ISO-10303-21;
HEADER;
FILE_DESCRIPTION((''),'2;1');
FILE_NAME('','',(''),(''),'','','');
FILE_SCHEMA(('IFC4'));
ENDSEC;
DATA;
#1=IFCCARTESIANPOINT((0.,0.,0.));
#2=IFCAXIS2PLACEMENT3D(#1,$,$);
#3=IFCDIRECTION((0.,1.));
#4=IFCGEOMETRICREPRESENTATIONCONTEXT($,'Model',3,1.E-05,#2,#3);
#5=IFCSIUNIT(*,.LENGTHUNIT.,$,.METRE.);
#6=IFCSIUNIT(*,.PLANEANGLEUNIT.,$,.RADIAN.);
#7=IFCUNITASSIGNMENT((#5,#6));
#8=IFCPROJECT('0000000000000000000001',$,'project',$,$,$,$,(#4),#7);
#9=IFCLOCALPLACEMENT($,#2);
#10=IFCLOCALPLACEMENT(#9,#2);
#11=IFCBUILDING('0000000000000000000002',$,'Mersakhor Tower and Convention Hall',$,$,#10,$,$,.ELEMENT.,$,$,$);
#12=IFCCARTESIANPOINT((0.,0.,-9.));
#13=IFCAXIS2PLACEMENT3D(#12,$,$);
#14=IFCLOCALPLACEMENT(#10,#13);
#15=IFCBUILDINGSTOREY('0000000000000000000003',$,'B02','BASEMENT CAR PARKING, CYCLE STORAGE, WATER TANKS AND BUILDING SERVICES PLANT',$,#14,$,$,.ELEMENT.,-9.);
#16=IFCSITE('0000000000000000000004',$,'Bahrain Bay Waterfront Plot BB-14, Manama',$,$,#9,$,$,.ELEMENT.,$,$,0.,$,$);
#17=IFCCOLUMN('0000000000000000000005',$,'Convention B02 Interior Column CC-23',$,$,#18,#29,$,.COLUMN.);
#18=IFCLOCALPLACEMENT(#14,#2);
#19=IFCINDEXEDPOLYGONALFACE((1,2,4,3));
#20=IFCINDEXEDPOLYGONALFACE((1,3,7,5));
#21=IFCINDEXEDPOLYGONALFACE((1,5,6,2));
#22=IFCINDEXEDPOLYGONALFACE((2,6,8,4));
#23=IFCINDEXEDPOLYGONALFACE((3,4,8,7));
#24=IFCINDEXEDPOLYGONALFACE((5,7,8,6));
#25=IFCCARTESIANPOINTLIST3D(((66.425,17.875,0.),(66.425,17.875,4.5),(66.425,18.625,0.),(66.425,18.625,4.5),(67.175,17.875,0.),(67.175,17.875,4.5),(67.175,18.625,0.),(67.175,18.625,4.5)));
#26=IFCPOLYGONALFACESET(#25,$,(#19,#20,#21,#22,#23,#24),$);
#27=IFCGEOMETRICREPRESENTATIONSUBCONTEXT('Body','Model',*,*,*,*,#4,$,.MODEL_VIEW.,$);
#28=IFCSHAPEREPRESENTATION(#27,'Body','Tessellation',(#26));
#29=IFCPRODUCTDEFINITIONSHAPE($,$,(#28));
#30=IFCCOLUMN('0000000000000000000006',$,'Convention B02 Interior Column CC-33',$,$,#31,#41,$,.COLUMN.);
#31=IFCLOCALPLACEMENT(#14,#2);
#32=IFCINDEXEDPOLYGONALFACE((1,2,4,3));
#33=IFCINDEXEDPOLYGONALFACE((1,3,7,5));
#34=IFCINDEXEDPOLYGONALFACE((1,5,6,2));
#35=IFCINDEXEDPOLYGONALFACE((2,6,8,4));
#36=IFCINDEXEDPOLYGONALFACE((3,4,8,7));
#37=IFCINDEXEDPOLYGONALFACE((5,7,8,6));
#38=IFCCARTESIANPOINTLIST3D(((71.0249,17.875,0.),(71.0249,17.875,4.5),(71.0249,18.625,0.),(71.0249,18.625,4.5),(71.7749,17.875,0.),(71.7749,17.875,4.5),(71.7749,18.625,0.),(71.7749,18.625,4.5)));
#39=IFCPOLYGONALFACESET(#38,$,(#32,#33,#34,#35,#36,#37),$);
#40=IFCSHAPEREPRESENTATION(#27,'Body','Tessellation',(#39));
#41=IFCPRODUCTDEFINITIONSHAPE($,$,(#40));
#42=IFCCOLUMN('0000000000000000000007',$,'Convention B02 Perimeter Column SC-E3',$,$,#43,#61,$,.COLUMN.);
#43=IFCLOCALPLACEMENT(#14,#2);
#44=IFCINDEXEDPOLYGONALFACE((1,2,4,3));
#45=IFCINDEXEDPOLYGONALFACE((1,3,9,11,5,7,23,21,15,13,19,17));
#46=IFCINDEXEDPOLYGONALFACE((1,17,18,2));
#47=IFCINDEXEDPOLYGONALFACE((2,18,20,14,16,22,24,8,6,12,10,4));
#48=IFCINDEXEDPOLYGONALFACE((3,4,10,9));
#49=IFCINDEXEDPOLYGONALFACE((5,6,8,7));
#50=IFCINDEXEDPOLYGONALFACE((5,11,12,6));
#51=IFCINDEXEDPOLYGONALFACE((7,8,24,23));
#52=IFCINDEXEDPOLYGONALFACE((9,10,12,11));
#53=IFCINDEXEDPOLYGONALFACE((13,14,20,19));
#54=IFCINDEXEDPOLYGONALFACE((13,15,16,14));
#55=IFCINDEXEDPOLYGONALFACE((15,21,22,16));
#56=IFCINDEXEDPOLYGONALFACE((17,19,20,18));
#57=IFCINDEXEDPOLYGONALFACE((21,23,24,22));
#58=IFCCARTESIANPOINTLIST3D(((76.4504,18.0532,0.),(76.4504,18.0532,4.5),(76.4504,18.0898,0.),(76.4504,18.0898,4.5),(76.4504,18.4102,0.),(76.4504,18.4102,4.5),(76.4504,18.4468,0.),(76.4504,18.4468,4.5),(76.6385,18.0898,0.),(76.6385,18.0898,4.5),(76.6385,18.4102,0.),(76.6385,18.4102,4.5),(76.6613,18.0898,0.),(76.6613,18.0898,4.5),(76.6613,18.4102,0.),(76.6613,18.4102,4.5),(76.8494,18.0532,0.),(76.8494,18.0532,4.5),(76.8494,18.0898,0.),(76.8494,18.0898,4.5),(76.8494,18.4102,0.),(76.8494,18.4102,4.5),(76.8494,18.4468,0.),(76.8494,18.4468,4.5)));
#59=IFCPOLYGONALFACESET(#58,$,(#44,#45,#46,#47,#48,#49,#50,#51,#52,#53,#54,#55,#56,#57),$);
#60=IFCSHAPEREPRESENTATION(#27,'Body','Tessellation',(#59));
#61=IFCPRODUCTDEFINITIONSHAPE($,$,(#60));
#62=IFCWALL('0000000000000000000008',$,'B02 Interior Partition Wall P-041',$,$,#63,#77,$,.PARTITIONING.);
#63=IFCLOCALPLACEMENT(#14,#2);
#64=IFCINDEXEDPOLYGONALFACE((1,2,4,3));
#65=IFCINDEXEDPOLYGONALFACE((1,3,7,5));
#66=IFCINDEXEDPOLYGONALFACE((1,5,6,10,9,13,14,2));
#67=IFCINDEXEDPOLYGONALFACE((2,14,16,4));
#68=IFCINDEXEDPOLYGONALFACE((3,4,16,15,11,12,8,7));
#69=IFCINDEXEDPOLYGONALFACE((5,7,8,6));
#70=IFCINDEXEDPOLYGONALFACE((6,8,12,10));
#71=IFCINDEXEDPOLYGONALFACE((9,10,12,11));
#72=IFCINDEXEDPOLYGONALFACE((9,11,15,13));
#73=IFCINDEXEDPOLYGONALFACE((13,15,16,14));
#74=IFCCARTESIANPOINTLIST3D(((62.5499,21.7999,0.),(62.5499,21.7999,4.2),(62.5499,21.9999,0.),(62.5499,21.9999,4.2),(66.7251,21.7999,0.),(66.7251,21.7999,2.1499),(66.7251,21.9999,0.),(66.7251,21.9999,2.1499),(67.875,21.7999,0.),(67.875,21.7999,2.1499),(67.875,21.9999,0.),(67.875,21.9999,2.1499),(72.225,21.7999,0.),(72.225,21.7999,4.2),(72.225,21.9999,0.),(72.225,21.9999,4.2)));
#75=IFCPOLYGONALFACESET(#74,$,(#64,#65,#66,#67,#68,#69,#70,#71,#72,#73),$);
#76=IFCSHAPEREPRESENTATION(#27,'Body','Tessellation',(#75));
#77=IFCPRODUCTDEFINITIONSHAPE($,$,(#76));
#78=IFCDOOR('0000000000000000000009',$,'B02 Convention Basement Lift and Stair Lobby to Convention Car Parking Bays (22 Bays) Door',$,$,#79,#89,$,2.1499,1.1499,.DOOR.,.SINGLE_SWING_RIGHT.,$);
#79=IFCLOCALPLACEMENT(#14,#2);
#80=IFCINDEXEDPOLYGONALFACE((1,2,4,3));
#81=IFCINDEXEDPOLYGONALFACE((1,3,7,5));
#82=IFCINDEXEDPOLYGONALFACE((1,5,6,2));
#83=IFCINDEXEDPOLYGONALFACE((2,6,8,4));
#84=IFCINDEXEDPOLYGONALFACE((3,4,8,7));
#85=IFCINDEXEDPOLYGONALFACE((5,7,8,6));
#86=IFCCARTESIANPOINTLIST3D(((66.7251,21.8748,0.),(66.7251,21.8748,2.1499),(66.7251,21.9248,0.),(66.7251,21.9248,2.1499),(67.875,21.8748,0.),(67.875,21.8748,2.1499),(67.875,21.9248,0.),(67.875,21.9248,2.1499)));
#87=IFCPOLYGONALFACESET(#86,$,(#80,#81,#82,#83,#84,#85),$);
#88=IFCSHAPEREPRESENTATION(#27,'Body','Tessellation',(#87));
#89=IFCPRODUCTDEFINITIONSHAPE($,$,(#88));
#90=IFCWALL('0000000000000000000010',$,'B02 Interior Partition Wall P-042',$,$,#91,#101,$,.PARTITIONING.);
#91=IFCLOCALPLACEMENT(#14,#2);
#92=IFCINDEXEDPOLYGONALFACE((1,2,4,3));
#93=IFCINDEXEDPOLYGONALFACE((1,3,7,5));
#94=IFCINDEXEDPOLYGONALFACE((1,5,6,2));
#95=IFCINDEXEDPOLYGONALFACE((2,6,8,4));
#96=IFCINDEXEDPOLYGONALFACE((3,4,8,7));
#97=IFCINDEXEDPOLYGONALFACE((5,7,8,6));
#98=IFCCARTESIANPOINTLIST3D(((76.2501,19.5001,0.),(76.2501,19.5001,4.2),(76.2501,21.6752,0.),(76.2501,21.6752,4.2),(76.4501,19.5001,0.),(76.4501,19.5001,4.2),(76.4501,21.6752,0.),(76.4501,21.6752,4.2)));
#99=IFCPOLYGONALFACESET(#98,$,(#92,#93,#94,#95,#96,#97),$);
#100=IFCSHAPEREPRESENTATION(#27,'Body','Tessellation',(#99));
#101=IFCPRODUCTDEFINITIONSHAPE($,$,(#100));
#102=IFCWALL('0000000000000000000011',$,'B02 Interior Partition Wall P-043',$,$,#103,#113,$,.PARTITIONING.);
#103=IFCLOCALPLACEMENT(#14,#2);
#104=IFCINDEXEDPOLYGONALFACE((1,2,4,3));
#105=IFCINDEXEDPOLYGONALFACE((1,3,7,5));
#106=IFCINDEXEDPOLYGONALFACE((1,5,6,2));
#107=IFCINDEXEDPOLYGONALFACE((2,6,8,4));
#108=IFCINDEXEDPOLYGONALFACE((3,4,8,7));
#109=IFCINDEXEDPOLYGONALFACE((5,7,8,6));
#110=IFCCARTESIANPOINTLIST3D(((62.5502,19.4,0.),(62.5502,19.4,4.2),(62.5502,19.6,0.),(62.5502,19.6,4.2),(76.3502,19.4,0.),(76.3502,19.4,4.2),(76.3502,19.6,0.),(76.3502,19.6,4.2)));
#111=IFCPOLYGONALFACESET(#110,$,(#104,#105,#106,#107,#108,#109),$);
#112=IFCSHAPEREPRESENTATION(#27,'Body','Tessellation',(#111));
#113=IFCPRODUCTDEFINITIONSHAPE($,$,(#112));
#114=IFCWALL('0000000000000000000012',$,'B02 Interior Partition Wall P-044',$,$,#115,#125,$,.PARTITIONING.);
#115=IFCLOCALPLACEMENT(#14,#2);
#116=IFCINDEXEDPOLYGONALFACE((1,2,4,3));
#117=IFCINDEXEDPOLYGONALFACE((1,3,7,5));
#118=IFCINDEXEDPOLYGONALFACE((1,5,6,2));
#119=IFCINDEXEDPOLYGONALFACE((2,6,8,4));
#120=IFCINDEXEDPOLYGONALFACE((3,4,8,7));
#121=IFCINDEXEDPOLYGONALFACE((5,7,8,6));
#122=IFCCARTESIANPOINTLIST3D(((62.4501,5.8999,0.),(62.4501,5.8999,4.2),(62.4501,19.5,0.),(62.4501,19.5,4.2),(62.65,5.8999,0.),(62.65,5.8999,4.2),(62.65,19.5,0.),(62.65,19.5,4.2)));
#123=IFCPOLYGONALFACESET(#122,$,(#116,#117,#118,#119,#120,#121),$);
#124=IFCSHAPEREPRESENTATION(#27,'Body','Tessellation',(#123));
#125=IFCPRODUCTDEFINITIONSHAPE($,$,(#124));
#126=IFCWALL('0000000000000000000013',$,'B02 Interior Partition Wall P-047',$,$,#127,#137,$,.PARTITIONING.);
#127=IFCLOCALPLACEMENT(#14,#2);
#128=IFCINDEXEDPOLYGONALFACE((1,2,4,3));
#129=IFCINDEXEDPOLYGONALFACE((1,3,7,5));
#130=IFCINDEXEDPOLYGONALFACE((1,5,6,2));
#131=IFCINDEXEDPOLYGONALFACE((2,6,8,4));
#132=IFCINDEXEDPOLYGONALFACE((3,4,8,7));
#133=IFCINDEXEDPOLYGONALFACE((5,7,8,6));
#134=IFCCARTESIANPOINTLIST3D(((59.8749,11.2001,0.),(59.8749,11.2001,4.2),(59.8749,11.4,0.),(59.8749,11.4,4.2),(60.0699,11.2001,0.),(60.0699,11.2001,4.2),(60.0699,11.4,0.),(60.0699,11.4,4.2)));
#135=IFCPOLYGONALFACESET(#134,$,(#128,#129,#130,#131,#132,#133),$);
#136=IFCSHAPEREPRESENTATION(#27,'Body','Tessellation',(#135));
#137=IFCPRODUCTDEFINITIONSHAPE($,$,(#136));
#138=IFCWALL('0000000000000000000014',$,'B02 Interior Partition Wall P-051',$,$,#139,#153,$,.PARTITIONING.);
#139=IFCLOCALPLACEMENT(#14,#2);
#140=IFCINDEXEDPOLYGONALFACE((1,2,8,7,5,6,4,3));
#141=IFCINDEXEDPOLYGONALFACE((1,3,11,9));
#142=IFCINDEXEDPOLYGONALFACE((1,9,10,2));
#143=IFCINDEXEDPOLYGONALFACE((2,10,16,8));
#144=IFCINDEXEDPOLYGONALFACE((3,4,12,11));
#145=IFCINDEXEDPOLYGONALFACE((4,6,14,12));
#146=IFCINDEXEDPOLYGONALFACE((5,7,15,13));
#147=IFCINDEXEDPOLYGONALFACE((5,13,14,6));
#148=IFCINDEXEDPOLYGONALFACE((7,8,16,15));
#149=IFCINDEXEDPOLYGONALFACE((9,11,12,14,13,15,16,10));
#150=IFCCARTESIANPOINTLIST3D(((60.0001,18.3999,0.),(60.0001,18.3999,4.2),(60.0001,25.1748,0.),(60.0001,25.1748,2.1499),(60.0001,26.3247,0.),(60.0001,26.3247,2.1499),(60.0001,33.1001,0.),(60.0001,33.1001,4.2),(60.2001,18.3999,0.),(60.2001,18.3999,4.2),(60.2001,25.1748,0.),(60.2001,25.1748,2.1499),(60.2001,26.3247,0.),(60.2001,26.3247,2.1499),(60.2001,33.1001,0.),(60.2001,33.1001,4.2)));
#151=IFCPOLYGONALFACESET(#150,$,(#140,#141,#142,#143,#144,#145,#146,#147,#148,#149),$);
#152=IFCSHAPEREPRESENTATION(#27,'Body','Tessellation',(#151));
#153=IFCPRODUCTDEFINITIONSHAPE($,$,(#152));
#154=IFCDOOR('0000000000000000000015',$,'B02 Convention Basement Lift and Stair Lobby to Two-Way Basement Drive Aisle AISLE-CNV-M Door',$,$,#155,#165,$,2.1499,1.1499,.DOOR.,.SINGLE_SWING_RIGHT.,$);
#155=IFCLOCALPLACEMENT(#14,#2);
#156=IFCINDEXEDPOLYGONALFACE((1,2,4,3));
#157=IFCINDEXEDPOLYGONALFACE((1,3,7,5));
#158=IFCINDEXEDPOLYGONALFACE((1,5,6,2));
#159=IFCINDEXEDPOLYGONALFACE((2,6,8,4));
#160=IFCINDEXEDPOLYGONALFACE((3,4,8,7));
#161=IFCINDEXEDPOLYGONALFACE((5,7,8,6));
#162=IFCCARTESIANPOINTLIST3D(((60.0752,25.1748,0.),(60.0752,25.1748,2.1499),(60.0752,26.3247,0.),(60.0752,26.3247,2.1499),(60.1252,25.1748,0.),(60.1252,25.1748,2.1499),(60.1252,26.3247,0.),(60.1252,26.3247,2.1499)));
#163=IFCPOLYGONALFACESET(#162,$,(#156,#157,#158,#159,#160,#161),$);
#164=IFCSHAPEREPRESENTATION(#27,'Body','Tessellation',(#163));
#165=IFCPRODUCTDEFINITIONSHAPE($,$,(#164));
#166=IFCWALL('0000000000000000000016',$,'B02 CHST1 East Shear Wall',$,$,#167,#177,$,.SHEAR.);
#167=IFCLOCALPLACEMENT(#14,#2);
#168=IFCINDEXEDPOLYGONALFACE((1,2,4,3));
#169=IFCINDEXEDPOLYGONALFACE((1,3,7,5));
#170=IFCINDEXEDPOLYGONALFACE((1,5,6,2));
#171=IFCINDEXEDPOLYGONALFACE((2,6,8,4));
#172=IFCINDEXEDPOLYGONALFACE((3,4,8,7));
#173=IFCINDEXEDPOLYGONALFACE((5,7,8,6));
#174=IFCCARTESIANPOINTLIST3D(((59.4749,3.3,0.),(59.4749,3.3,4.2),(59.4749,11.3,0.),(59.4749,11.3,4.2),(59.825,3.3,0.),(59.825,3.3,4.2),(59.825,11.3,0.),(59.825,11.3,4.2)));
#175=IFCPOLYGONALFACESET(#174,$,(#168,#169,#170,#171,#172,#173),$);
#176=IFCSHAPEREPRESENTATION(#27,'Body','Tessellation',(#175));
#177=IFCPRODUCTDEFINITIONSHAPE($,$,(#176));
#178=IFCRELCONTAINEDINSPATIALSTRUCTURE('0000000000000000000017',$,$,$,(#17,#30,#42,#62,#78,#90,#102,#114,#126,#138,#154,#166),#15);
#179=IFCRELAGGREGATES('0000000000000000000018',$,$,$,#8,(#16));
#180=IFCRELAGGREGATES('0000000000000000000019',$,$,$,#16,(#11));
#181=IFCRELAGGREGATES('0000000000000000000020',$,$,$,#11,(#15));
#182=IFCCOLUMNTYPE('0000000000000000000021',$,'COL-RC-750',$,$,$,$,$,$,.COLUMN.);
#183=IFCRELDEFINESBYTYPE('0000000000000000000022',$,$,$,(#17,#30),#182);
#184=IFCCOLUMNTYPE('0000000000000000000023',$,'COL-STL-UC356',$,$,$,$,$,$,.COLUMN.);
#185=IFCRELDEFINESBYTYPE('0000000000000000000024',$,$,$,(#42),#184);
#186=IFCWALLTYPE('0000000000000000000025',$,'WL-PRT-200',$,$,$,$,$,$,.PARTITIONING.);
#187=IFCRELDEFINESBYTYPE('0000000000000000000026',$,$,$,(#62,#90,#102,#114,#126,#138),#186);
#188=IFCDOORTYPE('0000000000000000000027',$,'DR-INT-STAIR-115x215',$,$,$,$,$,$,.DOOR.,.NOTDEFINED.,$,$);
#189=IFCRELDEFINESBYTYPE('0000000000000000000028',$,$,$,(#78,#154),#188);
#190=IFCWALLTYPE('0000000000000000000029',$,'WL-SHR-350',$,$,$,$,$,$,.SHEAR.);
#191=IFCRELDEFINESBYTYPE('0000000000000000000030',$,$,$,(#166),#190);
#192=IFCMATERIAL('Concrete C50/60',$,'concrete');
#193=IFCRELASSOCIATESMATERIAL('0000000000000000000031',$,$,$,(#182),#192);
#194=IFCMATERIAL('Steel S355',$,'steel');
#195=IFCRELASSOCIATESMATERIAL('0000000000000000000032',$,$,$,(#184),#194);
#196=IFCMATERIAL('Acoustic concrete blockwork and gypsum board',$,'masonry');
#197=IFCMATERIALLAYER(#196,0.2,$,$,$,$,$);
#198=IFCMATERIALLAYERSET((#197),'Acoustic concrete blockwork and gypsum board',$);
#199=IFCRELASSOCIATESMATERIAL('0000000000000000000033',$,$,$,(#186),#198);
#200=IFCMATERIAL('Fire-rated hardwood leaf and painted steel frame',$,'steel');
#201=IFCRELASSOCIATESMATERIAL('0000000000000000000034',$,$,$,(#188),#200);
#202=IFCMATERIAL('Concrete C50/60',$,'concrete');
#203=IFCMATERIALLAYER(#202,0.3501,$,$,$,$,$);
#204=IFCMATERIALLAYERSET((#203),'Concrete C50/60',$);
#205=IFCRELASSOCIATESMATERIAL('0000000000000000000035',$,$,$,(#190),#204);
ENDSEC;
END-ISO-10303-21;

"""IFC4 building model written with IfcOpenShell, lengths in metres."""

from ifc_helpers import new_model, si_unit, direction, frame, frame_2d, origin, origin_2d, place, context, subcontext, project, spatial, rectangle, i_section, extrude, material, layer, layer_set, material_profile, profile_set, type_object, element, fill, save


model = new_model("IFC4")

# Units and contexts
model_context = context("Model", 3, precision=1e-05, world=origin(), true_north=direction((0.0, 1.0)))
body_context = subcontext(model_context, "Body", "Model", "MODEL_VIEW")
ifc_project = project(units=[si_unit("LENGTHUNIT", "METRE"), si_unit("PLANEANGLEUNIT", "RADIAN")], contexts=[model_context])

# Site, building, storey
site_placement = place(None, origin())
site = spatial("IfcSite", under=ifc_project, at=site_placement, Name="Bahrain Bay Waterfront Plot BB-14, Manama", CompositionType="ELEMENT", RefElevation=0.0)
building_placement = place(site_placement, origin())
building = spatial("IfcBuilding", under=site, at=building_placement, Name="Mersakhor Tower and Convention Hall", CompositionType="ELEMENT")
storey_placement = place(building_placement, frame((0.0, 0.0, -9.0)))
storey = spatial("IfcBuildingStorey", under=building, at=storey_placement, Name="B02", Description="BASEMENT CAR PARKING, CYCLE STORAGE, WATER TANKS AND BUILDING SERVICES PLANT", CompositionType="ELEMENT", Elevation=-9.0)

# Columns
ifc_material_1 = material(Name="Concrete C50/60", Category="concrete")
ifc_material_profile_1 = material_profile(ifc_material_1, rectangle(XDim=0.75, YDim=0.75, at=origin_2d()), Name="RC 750x750")
ifc_profile_set_1 = profile_set([ifc_material_profile_1], Name="Concrete C50/60")
column_type_1 = type_object("IfcColumnType", Name="COL-RC-750", PredefinedType="COLUMN", material=ifc_profile_set_1)
for number, where, z_axis, x_axis, name in (
    (1, (66.8, 18.25, 0.0), (0.0, 0.0, 1.0), (1.0, 0.0, 0.0), "Convention B02 Interior Column CC-23"),
    (2, (71.3999, 18.25, 0.0), (0.0, 0.0, 1.0), (1.0, 0.0, 0.0), "Convention B02 Interior Column CC-33"),
):
    element("IfcColumn", number, at=place(storey_placement, frame(where, z_axis=z_axis, x_axis=x_axis)), inside=storey, type_object=column_type_1, Name=name, PredefinedType="COLUMN", context=body_context, shape_type="SweptSolid", body=[
        extrude(rectangle(XDim=0.75, YDim=0.75, at=origin_2d()), origin(), (0.0, 0.0, 1.0), 4.5),
    ])
ifc_material_2 = material(Name="Steel S355", Category="steel")
ifc_material_profile_2 = material_profile(ifc_material_2, i_section(OverallWidth=0.3989, OverallDepth=0.3936, WebThickness=0.0227, FlangeThickness=0.0366, at=origin_2d()), Name="UC 356x406x287")
ifc_profile_set_2 = profile_set([ifc_material_profile_2], Name="Steel S355")
column_type_2 = type_object("IfcColumnType", Name="COL-STL-UC356", PredefinedType="COLUMN", material=ifc_profile_set_2)
column_placement = place(storey_placement, frame((76.6499, 18.25, 0.0), z_axis=(0.0, 0.0, 1.0), x_axis=(1.0, 0.0, 0.0)))
element("IfcColumn", 3, at=column_placement, inside=storey, type_object=column_type_2, Name="Convention B02 Perimeter Column SC-E3", PredefinedType="COLUMN", context=body_context, shape_type="SweptSolid", body=[
    extrude(i_section(OverallWidth=0.3989, OverallDepth=0.3936, WebThickness=0.0227, FlangeThickness=0.0366, at=origin_2d()), origin(), (0.0, 0.0, 1.0), 4.5),
])

# Wall, opening, door
ifc_material_3 = material(Name="Acoustic concrete blockwork and gypsum board", Category="masonry")
ifc_layer_1 = layer(ifc_material_3, 0.2)
ifc_layer_set_1 = layer_set([ifc_layer_1], Name="Acoustic concrete blockwork and gypsum board")
wall_type_1 = type_object("IfcWallType", Name="WL-PRT-200", PredefinedType="PARTITIONING", material=ifc_layer_set_1)
wall_1_placement = place(storey_placement, frame((62.55, 21.8999, 0.0), z_axis=(0.0, 0.0, 1.0), x_axis=(1.0, 0.0, 0.0)))
wall_1 = element("IfcWall", 4, at=wall_1_placement, inside=storey, type_object=wall_type_1, Name="B02 Interior Partition Wall P-041", PredefinedType="PARTITIONING", context=body_context, shape_type="SweptSolid", body=[
    extrude(rectangle(XDim=9.675, YDim=0.2, at=frame_2d((4.8374, 0.0))), origin(), (0.0, 0.0, 1.0), 4.2),
])
opening_1_placement = place(wall_1_placement, frame((4.175, 0.0, 0.0)))
opening_1 = element("IfcOpeningElement", 5, at=opening_1_placement, cuts=wall_1, PredefinedType="OPENING", context=body_context, shape_type="SweptSolid", body=[
    extrude(rectangle(XDim=1.1499, YDim=2.1499, at=frame_2d((0.575, 1.075))), frame((0.0, 0.1099, 0.0), z_axis=(0.0, -1.0, 0.0), x_axis=(1.0, 0.0, 0.0)), (0.0, 0.0, 1.0), 0.22),
])
ifc_material_4 = material(Name="Fire-rated hardwood leaf and painted steel frame", Category="steel")
door_type = type_object("IfcDoorType", Name="DR-INT-STAIR-115x215", OperationType="NOTDEFINED", PredefinedType="DOOR", material=ifc_material_4)
door_1_placement = place(opening_1_placement, origin())
door_1 = element("IfcDoor", 6, at=door_1_placement, inside=storey, type_object=door_type, Name="B02 Convention Basement Lift and Stair Lobby to Convention Car Parking Bays (22 Bays) Door", OperationType="SINGLE_SWING_RIGHT", OverallHeight=2.1499, OverallWidth=1.1499, PredefinedType="DOOR", context=body_context, shape_type="SweptSolid", body=[
    extrude(rectangle(XDim=1.1499, YDim=2.1499, at=frame_2d((0.575, 1.075))), frame((0.0, 0.0249, 0.0), z_axis=(0.0, -1.0, 0.0), x_axis=(1.0, 0.0, 0.0)), (0.0, 0.0, 1.0), 0.05),
])
fill(opening_1, door_1)

# Walls
wall_2_placement = place(storey_placement, frame((76.3501, 21.675, 0.0), z_axis=(0.0, 0.0, 1.0), x_axis=(0.0, -1.0, 0.0)))
element("IfcWall", 7, at=wall_2_placement, inside=storey, type_object=wall_type_1, Name="B02 Interior Partition Wall P-042", PredefinedType="PARTITIONING", context=body_context, shape_type="SweptSolid", body=[
    extrude(rectangle(XDim=2.175, YDim=0.2, at=frame_2d((1.0874, 0.0))), origin(), (0.0, 0.0, 1.0), 4.2),
])
wall_3_placement = place(storey_placement, frame((76.3501, 19.5, 0.0), z_axis=(0.0, 0.0, 1.0), x_axis=(-1.0, 0.0, 0.0)))
element("IfcWall", 8, at=wall_3_placement, inside=storey, type_object=wall_type_1, Name="B02 Interior Partition Wall P-043", PredefinedType="PARTITIONING", context=body_context, shape_type="SweptSolid", body=[
    extrude(rectangle(XDim=13.8, YDim=0.2, at=frame_2d((6.8999, 0.0))), origin(), (0.0, 0.0, 1.0), 4.2),
])
wall_4_placement = place(storey_placement, frame((62.55, 19.5, 0.0), z_axis=(0.0, 0.0, 1.0), x_axis=(0.0, -1.0, 0.0)))
element("IfcWall", 9, at=wall_4_placement, inside=storey, type_object=wall_type_1, Name="B02 Interior Partition Wall P-044", PredefinedType="PARTITIONING", context=body_context, shape_type="SweptSolid", body=[
    extrude(rectangle(XDim=13.6001, YDim=0.2, at=frame_2d((6.8, 0.0))), origin(), (0.0, 0.0, 1.0), 4.2),
])
wall_5_placement = place(storey_placement, frame((60.0701, 11.3, 0.0), z_axis=(0.0, 0.0, 1.0), x_axis=(-1.0, 0.0, 0.0)))
element("IfcWall", 10, at=wall_5_placement, inside=storey, type_object=wall_type_1, Name="B02 Interior Partition Wall P-047", PredefinedType="PARTITIONING", context=body_context, shape_type="SweptSolid", body=[
    extrude(rectangle(XDim=0.1951, YDim=0.2, at=frame_2d((0.0977, 0.0))), origin(), (0.0, 0.0, 1.0), 4.2),
])

# Wall, opening, door
wall_6_placement = place(storey_placement, frame((60.1001, 18.3999, 0.0), z_axis=(0.0, 0.0, 1.0), x_axis=(0.0, 1.0, 0.0)))
wall_6 = element("IfcWall", 11, at=wall_6_placement, inside=storey, type_object=wall_type_1, Name="B02 Interior Partition Wall P-051", PredefinedType="PARTITIONING", context=body_context, shape_type="SweptSolid", body=[
    extrude(rectangle(XDim=14.7002, YDim=0.2, at=frame_2d((7.3501, 0.0))), origin(), (0.0, 0.0, 1.0), 4.2),
])
opening_2_placement = place(wall_6_placement, frame((6.7749, 0.0, 0.0)))
opening_2 = element("IfcOpeningElement", 12, at=opening_2_placement, cuts=wall_6, PredefinedType="OPENING", context=body_context, shape_type="SweptSolid", body=[
    extrude(rectangle(XDim=1.1499, YDim=2.1499, at=frame_2d((0.575, 1.075))), frame((0.0, 0.1099, 0.0), z_axis=(0.0, -1.0, 0.0), x_axis=(1.0, 0.0, 0.0)), (0.0, 0.0, 1.0), 0.22),
])
door_2_placement = place(opening_2_placement, origin())
door_2 = element("IfcDoor", 13, at=door_2_placement, inside=storey, type_object=door_type, Name="B02 Convention Basement Lift and Stair Lobby to Two-Way Basement Drive Aisle AISLE-CNV-M Door", OperationType="SINGLE_SWING_RIGHT", OverallHeight=2.1499, OverallWidth=1.1499, PredefinedType="DOOR", context=body_context, shape_type="SweptSolid", body=[
    extrude(rectangle(XDim=1.1499, YDim=2.1499, at=frame_2d((0.575, 1.075))), frame((0.0, 0.0249, 0.0), z_axis=(0.0, -1.0, 0.0), x_axis=(1.0, 0.0, 0.0)), (0.0, 0.0, 1.0), 0.05),
])
fill(opening_2, door_2)

# Wall
ifc_material_5 = material(Name="Concrete C50/60", Category="concrete")
ifc_layer_2 = layer(ifc_material_5, 0.3501)
ifc_layer_set_2 = layer_set([ifc_layer_2], Name="Concrete C50/60")
wall_type_2 = type_object("IfcWallType", Name="WL-SHR-350", PredefinedType="SHEAR", material=ifc_layer_set_2)
for number, where, z_axis, x_axis, name in (
    (14, (59.6499, 11.3, 0.0), (0.0, 0.0, 1.0), (0.0, -1.0, 0.0), "B02 CHST1 East Shear Wall"),
):
    element("IfcWall", number, at=place(storey_placement, frame(where, z_axis=z_axis, x_axis=x_axis)), inside=storey, type_object=wall_type_2, Name=name, PredefinedType="SHEAR", context=body_context, shape_type="SweptSolid", body=[
        extrude(rectangle(XDim=8.0, YDim=0.3501, at=frame_2d((4.0, 0.0))), origin(), (0.0, 0.0, 1.0), 4.2),
    ])

save(model, "model.ifc")
